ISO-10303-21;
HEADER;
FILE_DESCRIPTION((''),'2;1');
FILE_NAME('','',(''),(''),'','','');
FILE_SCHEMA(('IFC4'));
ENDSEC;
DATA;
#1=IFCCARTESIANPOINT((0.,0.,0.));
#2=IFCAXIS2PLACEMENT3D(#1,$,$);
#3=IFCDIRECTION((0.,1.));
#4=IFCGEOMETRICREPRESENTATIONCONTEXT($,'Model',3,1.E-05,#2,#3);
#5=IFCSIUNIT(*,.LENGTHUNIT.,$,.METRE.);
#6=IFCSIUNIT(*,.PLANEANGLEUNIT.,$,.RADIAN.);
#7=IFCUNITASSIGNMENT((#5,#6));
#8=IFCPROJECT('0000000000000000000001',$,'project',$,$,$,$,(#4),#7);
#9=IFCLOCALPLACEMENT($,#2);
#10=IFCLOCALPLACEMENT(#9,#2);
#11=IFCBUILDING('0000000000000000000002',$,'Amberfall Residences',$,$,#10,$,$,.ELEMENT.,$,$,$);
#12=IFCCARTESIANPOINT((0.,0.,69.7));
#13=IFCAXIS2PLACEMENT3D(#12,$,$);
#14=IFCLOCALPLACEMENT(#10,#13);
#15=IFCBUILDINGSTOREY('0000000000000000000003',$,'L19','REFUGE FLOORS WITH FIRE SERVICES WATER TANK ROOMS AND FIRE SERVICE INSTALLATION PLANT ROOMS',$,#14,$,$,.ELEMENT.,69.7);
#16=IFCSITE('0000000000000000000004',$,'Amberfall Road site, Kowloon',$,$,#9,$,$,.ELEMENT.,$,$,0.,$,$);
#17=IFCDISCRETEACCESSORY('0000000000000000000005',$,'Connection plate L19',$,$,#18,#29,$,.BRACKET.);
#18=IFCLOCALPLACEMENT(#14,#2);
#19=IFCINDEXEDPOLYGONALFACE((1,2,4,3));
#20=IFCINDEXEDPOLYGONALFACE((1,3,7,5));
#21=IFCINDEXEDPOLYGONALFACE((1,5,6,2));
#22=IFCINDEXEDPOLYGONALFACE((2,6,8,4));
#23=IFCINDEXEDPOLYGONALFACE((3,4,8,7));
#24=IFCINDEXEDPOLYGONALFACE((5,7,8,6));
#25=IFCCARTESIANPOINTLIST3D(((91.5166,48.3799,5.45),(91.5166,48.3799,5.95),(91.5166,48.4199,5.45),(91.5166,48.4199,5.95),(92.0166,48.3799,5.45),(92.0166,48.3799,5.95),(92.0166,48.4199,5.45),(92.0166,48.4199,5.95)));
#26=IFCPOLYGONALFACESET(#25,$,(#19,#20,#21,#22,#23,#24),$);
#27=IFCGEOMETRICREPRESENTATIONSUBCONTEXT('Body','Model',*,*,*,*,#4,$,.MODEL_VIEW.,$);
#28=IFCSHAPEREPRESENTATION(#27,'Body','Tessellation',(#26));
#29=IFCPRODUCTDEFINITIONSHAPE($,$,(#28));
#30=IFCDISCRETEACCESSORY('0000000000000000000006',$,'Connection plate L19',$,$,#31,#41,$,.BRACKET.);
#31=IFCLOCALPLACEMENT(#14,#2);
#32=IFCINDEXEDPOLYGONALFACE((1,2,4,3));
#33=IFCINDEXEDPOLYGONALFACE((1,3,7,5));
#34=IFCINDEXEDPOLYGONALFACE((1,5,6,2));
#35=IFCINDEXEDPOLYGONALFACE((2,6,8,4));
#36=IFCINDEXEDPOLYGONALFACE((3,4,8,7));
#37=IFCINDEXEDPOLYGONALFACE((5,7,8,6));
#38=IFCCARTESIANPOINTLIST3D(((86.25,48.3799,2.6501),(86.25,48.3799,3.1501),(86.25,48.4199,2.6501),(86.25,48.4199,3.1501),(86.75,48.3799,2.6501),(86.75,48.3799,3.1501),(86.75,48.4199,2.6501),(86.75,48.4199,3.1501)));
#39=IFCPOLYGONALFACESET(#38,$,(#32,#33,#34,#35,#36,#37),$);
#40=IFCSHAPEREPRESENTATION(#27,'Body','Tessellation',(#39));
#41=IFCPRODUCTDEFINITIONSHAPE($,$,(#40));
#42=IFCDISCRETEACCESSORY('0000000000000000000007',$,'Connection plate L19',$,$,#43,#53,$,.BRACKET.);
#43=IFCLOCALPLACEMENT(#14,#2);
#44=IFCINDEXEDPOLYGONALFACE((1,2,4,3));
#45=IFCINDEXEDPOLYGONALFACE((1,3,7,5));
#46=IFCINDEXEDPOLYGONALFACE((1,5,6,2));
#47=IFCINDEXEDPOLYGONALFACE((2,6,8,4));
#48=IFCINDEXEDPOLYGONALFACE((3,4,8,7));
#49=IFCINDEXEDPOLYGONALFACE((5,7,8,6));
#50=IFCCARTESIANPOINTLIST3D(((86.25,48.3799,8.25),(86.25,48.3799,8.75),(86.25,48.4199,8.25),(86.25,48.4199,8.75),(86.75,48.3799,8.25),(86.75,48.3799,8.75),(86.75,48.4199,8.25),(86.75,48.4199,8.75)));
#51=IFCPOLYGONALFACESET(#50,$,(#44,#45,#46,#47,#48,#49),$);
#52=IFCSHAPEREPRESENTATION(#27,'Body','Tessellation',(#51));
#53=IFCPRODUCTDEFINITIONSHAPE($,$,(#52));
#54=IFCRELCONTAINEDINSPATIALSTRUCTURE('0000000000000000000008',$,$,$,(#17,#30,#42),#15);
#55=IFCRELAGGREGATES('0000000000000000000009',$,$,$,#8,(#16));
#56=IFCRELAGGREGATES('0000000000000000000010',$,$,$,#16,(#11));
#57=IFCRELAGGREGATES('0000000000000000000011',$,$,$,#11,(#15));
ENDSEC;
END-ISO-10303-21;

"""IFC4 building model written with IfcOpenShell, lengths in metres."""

from ifc_helpers import new_model, si_unit, direction, frame, origin, origin_2d, place, context, subcontext, project, spatial, rectangle, extrude, element, save


model = new_model("IFC4")

# Units and contexts
model_context = context("Model", 3, precision=1e-05, world=origin(), true_north=direction((0.0, 1.0)))
body_context = subcontext(model_context, "Body", "Model", "MODEL_VIEW")
ifc_project = project(units=[si_unit("LENGTHUNIT", "METRE"), si_unit("PLANEANGLEUNIT", "RADIAN")], contexts=[model_context])

# Site, building, storey
site_placement = place(None, origin())
site = spatial("IfcSite", under=ifc_project, at=site_placement, Name="Amberfall Road site, Kowloon", CompositionType="ELEMENT", RefElevation=0.0)
building_placement = place(site_placement, origin())
building = spatial("IfcBuilding", under=site, at=building_placement, Name="Amberfall Residences", CompositionType="ELEMENT")
storey_placement = place(building_placement, frame((0.0, 0.0, 69.7)))
storey = spatial("IfcBuildingStorey", under=building, at=storey_placement, Name="L19", Description="REFUGE FLOORS WITH FIRE SERVICES WATER TANK ROOMS AND FIRE SERVICE INSTALLATION PLANT ROOMS", CompositionType="ELEMENT", Elevation=69.7)

# Discrete accessories
for number, where, z_axis, x_axis, name in (
    (1, (91.7666, 48.3999, 5.45), (0.0, 0.0, 1.0), (1.0, 0.0, 0.0), "Connection plate L19"),
    (2, (86.5, 48.3999, 2.6501), (0.0, 0.0, 1.0), (1.0, 0.0, 0.0), "Connection plate L19"),
    (3, (86.5, 48.3999, 8.25), (0.0, 0.0, 1.0), (1.0, 0.0, 0.0), "Connection plate L19"),
):
    element("IfcDiscreteAccessory", number, at=place(storey_placement, frame(where, z_axis=z_axis, x_axis=x_axis)), inside=storey, Name=name, PredefinedType="BRACKET", context=body_context, shape_type="SweptSolid", body=[
        extrude(rectangle(XDim=0.5, YDim=0.04, at=origin_2d()), origin(), (0.0, 0.0, 1.0), 0.5),
    ])

save(model, "model.ifc")
